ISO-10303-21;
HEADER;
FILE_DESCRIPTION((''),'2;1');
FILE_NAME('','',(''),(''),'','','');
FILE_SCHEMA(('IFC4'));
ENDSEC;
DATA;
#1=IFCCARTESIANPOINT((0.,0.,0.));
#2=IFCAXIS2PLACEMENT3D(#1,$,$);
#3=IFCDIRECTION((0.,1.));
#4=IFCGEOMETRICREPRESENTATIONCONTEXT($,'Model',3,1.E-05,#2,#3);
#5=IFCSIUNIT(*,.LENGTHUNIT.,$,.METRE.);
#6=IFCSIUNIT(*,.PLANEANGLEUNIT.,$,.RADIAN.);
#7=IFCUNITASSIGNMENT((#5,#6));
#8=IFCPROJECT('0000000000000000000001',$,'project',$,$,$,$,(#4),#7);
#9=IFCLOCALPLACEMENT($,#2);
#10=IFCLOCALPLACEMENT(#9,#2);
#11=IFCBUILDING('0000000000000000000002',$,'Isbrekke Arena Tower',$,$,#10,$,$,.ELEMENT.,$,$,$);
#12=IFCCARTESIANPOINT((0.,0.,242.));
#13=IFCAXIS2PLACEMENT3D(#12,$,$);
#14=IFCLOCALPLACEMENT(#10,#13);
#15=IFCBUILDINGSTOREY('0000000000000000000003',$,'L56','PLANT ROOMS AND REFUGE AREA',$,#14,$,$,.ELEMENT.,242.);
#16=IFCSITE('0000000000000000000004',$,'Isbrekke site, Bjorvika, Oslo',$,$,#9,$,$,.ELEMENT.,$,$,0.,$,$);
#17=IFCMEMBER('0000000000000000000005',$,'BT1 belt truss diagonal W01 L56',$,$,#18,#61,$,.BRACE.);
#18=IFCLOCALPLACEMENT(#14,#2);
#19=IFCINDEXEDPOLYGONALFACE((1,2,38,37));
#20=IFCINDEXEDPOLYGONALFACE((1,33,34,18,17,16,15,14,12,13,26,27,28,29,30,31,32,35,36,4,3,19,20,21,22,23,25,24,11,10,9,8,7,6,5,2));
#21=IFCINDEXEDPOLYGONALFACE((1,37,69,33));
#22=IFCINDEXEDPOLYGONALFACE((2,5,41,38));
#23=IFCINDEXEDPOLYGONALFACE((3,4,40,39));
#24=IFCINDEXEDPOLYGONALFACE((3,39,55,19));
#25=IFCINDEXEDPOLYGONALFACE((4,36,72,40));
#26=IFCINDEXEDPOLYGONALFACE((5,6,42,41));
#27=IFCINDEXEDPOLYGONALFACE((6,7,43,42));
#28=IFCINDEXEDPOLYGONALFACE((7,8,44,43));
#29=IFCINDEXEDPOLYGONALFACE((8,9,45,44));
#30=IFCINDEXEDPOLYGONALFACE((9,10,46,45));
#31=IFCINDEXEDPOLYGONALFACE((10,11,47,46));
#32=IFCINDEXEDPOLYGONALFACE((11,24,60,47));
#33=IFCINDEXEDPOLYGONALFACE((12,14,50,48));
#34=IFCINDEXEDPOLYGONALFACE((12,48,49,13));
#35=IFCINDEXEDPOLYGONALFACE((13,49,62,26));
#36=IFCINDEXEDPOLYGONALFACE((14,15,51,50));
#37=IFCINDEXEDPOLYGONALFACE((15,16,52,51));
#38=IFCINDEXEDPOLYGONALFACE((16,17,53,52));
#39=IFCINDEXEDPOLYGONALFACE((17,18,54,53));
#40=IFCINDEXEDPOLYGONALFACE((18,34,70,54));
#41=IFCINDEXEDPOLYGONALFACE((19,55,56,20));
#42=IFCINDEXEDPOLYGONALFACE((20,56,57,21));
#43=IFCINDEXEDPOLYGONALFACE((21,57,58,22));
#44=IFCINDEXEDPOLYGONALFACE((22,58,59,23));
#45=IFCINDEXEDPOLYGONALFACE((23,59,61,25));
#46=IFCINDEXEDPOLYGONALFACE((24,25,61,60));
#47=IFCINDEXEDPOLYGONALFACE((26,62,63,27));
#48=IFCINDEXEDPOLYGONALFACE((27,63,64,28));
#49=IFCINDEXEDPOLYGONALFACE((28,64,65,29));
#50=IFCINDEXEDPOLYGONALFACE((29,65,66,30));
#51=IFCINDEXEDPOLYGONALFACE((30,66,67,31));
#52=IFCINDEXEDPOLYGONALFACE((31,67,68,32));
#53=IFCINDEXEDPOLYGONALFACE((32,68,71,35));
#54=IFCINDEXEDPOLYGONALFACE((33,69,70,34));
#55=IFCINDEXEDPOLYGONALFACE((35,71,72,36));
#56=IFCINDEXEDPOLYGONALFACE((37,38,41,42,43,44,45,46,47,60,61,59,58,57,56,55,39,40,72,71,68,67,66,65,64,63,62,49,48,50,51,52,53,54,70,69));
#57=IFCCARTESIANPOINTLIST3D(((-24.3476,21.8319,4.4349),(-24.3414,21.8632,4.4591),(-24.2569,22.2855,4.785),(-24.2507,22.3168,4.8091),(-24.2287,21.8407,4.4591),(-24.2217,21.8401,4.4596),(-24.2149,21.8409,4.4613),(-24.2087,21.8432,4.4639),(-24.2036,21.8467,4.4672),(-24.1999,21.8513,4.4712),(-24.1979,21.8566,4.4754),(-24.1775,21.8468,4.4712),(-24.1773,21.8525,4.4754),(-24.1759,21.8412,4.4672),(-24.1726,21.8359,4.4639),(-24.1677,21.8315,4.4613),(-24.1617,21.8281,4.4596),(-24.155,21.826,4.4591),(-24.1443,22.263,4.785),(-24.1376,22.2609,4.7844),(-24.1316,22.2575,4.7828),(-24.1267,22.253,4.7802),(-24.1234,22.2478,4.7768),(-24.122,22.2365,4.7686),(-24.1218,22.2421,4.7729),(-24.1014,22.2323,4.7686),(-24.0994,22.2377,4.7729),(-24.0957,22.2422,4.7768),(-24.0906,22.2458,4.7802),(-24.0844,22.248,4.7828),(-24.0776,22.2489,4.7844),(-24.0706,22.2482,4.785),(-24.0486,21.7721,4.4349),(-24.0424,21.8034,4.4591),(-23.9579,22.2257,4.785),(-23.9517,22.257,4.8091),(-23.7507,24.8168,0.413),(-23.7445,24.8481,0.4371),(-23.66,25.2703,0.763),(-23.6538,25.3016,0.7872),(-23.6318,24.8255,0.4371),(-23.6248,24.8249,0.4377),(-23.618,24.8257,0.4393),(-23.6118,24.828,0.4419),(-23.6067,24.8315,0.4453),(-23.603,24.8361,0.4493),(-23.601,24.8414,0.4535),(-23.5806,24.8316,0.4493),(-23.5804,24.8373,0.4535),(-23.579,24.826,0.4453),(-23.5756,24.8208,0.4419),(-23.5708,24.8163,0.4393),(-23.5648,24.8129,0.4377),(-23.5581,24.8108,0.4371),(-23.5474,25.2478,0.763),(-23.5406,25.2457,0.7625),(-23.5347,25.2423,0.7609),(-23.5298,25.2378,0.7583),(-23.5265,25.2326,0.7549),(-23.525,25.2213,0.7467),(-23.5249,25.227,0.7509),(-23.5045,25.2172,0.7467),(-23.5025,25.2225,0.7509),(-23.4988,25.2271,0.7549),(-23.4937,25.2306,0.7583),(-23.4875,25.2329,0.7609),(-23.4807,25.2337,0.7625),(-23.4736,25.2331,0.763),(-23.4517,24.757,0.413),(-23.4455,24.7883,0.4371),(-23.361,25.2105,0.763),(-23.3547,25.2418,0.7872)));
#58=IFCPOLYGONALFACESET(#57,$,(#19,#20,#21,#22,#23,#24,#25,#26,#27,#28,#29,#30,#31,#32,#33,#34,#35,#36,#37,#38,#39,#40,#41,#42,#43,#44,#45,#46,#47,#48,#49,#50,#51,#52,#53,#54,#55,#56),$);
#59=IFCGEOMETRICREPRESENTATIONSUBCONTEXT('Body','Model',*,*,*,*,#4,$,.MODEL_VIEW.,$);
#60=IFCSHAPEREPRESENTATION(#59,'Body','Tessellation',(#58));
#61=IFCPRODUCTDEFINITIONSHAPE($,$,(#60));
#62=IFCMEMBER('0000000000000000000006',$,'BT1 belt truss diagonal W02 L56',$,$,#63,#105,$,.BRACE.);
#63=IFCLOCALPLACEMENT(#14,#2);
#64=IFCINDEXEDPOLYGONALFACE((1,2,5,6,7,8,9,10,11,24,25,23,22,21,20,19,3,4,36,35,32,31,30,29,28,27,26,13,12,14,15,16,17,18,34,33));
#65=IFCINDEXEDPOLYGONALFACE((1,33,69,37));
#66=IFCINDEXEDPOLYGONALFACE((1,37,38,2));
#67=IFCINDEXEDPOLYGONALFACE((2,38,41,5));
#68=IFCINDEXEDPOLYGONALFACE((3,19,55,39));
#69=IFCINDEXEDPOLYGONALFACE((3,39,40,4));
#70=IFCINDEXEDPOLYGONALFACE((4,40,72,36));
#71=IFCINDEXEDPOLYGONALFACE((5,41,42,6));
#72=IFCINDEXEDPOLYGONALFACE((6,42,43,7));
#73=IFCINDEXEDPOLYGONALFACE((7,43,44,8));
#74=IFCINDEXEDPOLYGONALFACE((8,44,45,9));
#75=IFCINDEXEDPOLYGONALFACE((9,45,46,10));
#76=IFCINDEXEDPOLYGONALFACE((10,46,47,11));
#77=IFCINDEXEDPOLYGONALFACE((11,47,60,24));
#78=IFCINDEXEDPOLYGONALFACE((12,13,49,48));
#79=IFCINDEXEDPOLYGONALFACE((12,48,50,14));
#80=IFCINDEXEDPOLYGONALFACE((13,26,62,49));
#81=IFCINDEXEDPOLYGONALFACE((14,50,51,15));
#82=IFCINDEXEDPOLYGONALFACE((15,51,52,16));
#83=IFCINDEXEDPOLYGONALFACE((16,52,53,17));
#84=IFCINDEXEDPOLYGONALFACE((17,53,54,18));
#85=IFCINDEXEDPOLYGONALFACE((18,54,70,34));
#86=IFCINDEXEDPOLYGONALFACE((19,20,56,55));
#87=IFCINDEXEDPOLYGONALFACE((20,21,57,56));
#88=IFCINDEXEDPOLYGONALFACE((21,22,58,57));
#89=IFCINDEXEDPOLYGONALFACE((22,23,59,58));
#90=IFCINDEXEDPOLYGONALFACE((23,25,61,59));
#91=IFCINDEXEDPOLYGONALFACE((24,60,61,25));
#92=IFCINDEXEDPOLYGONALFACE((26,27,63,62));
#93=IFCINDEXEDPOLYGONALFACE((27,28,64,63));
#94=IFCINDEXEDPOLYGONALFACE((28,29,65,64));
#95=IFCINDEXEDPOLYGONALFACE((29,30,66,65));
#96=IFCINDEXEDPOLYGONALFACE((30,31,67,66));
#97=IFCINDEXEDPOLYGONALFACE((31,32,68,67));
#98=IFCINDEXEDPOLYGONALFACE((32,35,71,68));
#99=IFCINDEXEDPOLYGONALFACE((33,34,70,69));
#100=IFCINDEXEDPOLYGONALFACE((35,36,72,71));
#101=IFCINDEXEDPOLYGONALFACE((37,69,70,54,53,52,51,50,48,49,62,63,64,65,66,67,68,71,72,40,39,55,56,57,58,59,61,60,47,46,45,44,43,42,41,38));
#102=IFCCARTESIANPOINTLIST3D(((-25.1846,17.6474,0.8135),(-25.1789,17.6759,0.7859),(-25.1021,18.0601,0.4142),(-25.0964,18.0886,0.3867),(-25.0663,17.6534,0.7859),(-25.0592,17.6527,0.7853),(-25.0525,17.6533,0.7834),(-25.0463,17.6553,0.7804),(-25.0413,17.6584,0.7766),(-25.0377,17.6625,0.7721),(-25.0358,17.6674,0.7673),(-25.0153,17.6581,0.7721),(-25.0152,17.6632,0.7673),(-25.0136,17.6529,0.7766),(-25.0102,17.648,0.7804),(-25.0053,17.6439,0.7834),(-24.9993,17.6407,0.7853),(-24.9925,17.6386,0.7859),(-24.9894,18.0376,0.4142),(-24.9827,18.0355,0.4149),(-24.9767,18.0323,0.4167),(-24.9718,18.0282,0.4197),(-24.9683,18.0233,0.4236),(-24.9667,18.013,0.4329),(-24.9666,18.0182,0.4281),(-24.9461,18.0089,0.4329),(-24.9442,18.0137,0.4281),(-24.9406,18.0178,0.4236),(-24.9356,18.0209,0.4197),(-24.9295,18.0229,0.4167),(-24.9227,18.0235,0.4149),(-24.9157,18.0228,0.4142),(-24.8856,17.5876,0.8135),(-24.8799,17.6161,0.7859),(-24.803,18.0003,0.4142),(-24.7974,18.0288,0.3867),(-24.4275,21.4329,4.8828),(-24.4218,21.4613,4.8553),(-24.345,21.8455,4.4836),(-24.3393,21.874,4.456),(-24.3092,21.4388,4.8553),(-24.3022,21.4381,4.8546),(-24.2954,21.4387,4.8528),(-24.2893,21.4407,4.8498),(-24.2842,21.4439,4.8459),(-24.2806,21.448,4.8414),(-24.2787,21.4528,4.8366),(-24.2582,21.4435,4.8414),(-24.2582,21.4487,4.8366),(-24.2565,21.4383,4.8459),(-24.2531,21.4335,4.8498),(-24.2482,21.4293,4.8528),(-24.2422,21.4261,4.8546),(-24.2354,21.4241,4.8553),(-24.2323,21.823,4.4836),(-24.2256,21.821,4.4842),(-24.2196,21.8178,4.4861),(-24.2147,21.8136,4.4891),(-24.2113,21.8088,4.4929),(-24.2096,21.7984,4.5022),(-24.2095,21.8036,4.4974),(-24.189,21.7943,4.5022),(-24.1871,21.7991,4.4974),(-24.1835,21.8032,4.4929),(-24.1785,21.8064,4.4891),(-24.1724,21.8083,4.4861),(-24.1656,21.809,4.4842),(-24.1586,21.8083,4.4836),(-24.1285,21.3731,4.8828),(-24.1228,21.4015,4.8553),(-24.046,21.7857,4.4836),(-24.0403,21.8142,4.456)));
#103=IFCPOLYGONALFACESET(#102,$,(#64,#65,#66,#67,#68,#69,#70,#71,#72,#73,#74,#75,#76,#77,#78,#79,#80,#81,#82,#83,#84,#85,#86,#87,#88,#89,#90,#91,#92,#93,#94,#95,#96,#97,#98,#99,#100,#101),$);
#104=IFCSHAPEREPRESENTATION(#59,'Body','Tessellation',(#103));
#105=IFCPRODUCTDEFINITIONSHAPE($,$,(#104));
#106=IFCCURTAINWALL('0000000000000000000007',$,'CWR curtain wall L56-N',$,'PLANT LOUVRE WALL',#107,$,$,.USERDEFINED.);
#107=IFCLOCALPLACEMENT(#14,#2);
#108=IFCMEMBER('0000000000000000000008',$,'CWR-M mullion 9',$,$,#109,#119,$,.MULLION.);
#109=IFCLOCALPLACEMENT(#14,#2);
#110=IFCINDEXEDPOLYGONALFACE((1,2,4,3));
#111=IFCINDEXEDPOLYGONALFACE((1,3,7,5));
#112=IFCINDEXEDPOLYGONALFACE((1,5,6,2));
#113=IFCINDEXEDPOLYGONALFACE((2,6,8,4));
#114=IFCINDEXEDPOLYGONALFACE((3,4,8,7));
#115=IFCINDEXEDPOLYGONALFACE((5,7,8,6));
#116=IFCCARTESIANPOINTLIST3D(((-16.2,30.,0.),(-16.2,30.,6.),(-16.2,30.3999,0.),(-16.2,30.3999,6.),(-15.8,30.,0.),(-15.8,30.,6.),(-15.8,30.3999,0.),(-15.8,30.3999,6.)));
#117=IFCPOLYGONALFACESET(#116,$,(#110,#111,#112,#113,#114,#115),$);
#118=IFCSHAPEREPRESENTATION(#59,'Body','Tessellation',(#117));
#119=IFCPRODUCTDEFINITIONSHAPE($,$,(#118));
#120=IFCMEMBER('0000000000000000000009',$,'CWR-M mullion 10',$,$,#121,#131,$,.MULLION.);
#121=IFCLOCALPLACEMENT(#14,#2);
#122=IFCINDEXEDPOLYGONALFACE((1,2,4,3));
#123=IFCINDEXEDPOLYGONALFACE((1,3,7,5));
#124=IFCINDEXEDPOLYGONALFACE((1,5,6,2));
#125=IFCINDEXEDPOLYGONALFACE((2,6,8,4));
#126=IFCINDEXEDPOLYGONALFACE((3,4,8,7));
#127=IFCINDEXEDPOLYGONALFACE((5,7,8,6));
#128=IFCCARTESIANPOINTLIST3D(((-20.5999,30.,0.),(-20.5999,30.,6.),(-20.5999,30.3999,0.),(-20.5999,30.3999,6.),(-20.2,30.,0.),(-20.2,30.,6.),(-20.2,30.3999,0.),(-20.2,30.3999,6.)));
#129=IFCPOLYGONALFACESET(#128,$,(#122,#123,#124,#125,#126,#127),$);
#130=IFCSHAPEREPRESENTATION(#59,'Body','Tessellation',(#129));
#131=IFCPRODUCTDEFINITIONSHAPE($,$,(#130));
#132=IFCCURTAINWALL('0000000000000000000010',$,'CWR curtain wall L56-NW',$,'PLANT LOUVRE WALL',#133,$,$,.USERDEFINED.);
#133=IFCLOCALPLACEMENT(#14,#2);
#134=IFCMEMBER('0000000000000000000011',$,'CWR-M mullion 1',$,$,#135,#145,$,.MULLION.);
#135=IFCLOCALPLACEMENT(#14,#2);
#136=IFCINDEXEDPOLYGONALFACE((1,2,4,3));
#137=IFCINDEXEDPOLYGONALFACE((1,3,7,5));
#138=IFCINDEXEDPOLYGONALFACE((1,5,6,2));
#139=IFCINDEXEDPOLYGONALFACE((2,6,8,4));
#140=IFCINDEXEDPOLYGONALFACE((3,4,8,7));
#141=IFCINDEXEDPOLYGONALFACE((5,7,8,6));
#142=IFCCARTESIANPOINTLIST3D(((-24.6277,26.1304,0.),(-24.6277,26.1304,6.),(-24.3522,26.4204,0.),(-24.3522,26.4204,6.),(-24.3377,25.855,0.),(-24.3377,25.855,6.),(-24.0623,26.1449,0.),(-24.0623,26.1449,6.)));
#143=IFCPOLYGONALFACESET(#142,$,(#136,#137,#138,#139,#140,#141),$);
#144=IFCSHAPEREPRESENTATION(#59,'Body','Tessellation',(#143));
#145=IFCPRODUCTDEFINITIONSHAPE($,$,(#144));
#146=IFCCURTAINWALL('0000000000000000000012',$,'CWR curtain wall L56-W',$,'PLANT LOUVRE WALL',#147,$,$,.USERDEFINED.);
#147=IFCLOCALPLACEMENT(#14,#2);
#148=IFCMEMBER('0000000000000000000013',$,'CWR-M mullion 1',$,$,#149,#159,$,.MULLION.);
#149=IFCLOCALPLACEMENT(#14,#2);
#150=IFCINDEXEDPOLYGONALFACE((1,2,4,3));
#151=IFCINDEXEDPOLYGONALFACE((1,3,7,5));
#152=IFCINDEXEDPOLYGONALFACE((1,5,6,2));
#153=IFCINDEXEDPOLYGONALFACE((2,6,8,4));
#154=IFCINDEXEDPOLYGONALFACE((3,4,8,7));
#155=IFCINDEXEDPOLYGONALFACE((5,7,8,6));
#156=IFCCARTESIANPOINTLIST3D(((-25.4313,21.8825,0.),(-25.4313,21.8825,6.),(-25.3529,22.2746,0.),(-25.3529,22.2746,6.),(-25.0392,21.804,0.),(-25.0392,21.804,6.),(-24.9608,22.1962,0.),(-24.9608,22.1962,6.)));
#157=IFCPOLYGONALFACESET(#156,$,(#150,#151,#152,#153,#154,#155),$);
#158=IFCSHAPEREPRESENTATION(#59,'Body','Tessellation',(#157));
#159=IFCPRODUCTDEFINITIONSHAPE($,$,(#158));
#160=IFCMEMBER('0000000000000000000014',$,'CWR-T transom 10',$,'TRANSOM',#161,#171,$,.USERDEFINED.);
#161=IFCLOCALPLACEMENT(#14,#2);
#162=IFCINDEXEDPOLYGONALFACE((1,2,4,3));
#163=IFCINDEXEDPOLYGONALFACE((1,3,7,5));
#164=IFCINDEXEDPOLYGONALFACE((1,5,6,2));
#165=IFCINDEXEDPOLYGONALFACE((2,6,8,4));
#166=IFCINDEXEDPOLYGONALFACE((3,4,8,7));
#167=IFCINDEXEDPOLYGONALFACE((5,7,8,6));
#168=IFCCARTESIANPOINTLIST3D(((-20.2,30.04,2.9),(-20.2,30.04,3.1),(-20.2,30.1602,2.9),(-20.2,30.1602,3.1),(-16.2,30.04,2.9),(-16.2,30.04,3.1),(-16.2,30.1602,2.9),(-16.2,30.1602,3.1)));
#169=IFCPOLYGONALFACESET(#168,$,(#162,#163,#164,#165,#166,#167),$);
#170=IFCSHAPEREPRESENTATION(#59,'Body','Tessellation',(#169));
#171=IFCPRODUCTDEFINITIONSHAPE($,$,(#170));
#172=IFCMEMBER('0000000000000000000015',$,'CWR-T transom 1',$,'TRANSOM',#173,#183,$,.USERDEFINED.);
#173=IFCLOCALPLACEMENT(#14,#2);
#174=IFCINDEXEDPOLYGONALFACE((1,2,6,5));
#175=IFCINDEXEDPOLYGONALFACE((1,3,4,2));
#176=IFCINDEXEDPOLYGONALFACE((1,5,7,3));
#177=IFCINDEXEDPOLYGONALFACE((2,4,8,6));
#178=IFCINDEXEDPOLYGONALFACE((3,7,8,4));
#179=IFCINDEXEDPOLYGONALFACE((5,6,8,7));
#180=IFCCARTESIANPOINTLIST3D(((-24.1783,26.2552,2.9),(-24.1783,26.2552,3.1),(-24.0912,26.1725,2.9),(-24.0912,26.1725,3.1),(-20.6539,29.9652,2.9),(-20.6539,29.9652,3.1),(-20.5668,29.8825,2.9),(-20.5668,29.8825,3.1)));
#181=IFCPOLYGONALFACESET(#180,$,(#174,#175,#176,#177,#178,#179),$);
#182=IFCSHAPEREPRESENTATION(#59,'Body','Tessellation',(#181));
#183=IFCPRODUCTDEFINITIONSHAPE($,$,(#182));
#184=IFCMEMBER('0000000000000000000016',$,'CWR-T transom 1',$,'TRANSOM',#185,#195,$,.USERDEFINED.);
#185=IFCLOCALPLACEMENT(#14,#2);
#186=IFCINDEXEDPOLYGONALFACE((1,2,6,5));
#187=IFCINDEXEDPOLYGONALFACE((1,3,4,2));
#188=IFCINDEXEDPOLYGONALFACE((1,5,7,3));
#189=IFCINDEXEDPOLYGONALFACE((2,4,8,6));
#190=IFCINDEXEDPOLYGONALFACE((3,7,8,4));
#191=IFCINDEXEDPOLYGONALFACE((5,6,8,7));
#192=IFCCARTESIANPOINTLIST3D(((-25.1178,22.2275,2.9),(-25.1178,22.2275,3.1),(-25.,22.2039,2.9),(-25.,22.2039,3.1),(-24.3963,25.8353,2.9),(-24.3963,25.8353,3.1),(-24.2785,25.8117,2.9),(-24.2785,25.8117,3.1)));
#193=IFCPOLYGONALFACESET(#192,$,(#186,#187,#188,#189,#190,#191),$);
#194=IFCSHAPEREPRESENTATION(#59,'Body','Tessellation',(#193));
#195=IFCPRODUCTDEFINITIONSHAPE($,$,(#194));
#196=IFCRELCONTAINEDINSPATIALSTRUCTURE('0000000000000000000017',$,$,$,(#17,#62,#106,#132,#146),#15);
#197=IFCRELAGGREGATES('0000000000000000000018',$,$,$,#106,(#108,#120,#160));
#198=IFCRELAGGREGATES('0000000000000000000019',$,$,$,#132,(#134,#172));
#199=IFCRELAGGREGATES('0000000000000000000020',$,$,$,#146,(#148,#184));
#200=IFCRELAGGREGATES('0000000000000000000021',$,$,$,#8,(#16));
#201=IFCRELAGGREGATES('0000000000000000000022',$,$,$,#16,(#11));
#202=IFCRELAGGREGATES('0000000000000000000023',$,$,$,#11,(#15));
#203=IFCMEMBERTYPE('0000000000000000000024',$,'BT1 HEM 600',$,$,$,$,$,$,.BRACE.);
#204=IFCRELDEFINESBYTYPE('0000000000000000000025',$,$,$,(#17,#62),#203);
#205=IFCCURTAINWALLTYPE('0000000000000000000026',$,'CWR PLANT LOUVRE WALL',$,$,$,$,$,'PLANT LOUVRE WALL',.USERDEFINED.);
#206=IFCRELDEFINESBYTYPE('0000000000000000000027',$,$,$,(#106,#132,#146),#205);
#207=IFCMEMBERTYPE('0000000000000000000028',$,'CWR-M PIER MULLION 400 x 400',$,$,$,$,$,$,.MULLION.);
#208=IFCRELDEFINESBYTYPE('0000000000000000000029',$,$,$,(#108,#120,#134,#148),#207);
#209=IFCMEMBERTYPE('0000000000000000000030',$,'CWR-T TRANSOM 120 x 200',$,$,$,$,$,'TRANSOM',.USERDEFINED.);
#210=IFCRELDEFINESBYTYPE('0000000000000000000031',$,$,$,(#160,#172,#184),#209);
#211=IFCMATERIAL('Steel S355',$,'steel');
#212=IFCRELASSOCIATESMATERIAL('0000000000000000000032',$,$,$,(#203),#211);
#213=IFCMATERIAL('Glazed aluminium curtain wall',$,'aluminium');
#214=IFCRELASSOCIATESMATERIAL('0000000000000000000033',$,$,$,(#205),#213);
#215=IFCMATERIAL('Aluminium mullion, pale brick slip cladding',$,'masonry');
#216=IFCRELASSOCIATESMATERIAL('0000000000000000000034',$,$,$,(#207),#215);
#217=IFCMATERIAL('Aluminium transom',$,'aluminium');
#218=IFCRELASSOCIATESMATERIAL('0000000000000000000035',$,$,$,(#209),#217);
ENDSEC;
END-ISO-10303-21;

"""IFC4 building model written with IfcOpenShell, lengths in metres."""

from ifc_helpers import new_model, si_unit, direction, frame, origin, origin_2d, place, context, subcontext, project, spatial, rectangle, i_section, extrude, material, material_profile, profile_set, type_object, element, aggregate, save


model = new_model("IFC4")

# Units and contexts
model_context = context("Model", 3, precision=1e-05, world=origin(), true_north=direction((0.0, 1.0)))
body_context = subcontext(model_context, "Body", "Model", "MODEL_VIEW")
ifc_project = project(units=[si_unit("LENGTHUNIT", "METRE"), si_unit("PLANEANGLEUNIT", "RADIAN")], contexts=[model_context])

# Site, building, storey
site_placement = place(None, origin())
site = spatial("IfcSite", under=ifc_project, at=site_placement, Name="Isbrekke site, Bjorvika, Oslo", CompositionType="ELEMENT", RefElevation=0.0)
building_placement = place(site_placement, origin())
building = spatial("IfcBuilding", under=site, at=building_placement, Name="Isbrekke Arena Tower", CompositionType="ELEMENT")
storey_placement = place(building_placement, frame((0.0, 0.0, 242.0)))
storey = spatial("IfcBuildingStorey", under=building, at=storey_placement, Name="L56", Description="PLANT ROOMS AND REFUGE AREA", CompositionType="ELEMENT", Elevation=242.0)

# Members
ifc_material_1 = material(Name="Steel S355", Category="steel")
ifc_material_profile_1 = material_profile(ifc_material_1, i_section(OverallWidth=0.3049, OverallDepth=0.6201, WebThickness=0.021, FlangeThickness=0.04, FilletRadius=0.0271, at=origin_2d()), Name="HEM 600")
ifc_profile_set_1 = profile_set([ifc_material_profile_1], Name="Steel S355")
member_type_1 = type_object("IfcMemberType", Name="BT1 HEM 600", PredefinedType="BRACE", material=ifc_profile_set_1)
member_1_placement = place(storey_placement, frame((-23.5527, 25.0293, 0.6001), z_axis=(-0.118343, -0.591764, 0.797377), x_axis=(0.980584, -0.196101, 0.0)))
element("IfcMember", 1, at=member_1_placement, inside=storey, type_object=member_type_1, Name="BT1 belt truss diagonal W01 L56", PredefinedType="BRACE", context=body_context, shape_type="SweptSolid", body=[
    extrude(i_section(OverallWidth=0.3049, OverallDepth=0.6201, WebThickness=0.021, FlangeThickness=0.04, FilletRadius=0.0271, at=origin_2d()), origin(), (0.0, 0.0, 1.0), 5.0439),
])
member_2_placement = place(storey_placement, frame((-24.2339, 21.6235, 4.6694), z_axis=(-0.134974, -0.674869, -0.725489), x_axis=(0.980581, -0.196116, 0.0)))
element("IfcMember", 2, at=member_2_placement, inside=storey, type_object=member_type_1, Name="BT1 belt truss diagonal W02 L56", PredefinedType="BRACE", context=body_context, shape_type="SweptSolid", body=[
    extrude(i_section(OverallWidth=0.3049, OverallDepth=0.6201, WebThickness=0.021, FlangeThickness=0.04, FilletRadius=0.0271, at=origin_2d()), origin(), (0.0, 0.0, 1.0), 5.6091),
])

# Curtain wall, members
ifc_material_2 = material(Name="Glazed aluminium curtain wall", Category="aluminium")
curtain_wall_type = type_object("IfcCurtainWallType", Name="CWR PLANT LOUVRE WALL", ElementType="PLANT LOUVRE WALL", PredefinedType="USERDEFINED", material=ifc_material_2)
curtain_wall_1_placement = place(storey_placement, origin())
curtain_wall_1 = element("IfcCurtainWall", 3, at=curtain_wall_1_placement, inside=storey, type_object=curtain_wall_type, Name="CWR curtain wall L56-N", ObjectType="PLANT LOUVRE WALL", PredefinedType="USERDEFINED")
ifc_material_3 = material(Name="Aluminium mullion, pale brick slip cladding", Category="masonry")
ifc_material_profile_2 = material_profile(ifc_material_3, rectangle(XDim=0.3999, YDim=0.3999, at=origin_2d()), Name="PIER 400X400")
ifc_profile_set_2 = profile_set([ifc_material_profile_2], Name="Aluminium mullion, pale brick slip cladding")
member_type_2 = type_object("IfcMemberType", Name="CWR-M PIER MULLION 400 x 400", PredefinedType="MULLION", material=ifc_profile_set_2)
member_3_placement = place(storey_placement, frame((-16.0, 30.2, 0.0), z_axis=(0.0, 0.0, 1.0), x_axis=(-1.0, 0.0, 0.0)))
member_3 = element("IfcMember", 4, at=member_3_placement, type_object=member_type_2, Name="CWR-M mullion 9", PredefinedType="MULLION", context=body_context, shape_type="SweptSolid", body=[
    extrude(rectangle(XDim=0.3999, YDim=0.3999, at=origin_2d()), origin(), (0.0, 0.0, 1.0), 6.0),
])
member_4_placement = place(storey_placement, frame((-20.3999, 30.2, 0.0), z_axis=(0.0, 0.0, 1.0), x_axis=(-1.0, 0.0, 0.0)))
member_4 = element("IfcMember", 5, at=member_4_placement, type_object=member_type_2, Name="CWR-M mullion 10", PredefinedType="MULLION", context=body_context, shape_type="SweptSolid", body=[
    extrude(rectangle(XDim=0.3999, YDim=0.3999, at=origin_2d()), origin(), (0.0, 0.0, 1.0), 6.0),
])

# Curtain walls, members
curtain_wall_2_placement = place(storey_placement, origin())
curtain_wall_2 = element("IfcCurtainWall", 6, at=curtain_wall_2_placement, inside=storey, type_object=curtain_wall_type, Name="CWR curtain wall L56-NW", ObjectType="PLANT LOUVRE WALL", PredefinedType="USERDEFINED")
member_5_placement = place(storey_placement, frame((-24.345, 26.1377, 0.0), z_axis=(0.0, 0.0, 1.0), x_axis=(-0.688749, -0.724999, 0.0)))
member_5 = element("IfcMember", 7, at=member_5_placement, type_object=member_type_2, Name="CWR-M mullion 1", PredefinedType="MULLION", context=body_context, shape_type="SweptSolid", body=[
    extrude(rectangle(XDim=0.3999, YDim=0.3999, at=origin_2d()), origin(), (0.0, 0.0, 1.0), 6.0),
])
curtain_wall_3_placement = place(storey_placement, origin())
curtain_wall_3 = element("IfcCurtainWall", 8, at=curtain_wall_3_placement, inside=storey, type_object=curtain_wall_type, Name="CWR curtain wall L56-W", ObjectType="PLANT LOUVRE WALL", PredefinedType="USERDEFINED")
member_6_placement = place(storey_placement, frame((-25.196, 22.0393, 0.0), z_axis=(0.0, 0.0, 1.0), x_axis=(-0.196116, -0.980581, 0.0)))
member_6 = element("IfcMember", 9, at=member_6_placement, type_object=member_type_2, Name="CWR-M mullion 1", PredefinedType="MULLION", context=body_context, shape_type="SweptSolid", body=[
    extrude(rectangle(XDim=0.3999, YDim=0.3999, at=origin_2d()), origin(), (0.0, 0.0, 1.0), 6.0),
])

# Members
ifc_material_4 = material(Name="Aluminium transom", Category="aluminium")
ifc_material_profile_3 = material_profile(ifc_material_4, rectangle(XDim=0.1201, YDim=0.2, at=origin_2d()), Name="TRANSOM 120X200")
ifc_profile_set_3 = profile_set([ifc_material_profile_3], Name="Aluminium transom")
member_type_3 = type_object("IfcMemberType", Name="CWR-T TRANSOM 120 x 200", ElementType="TRANSOM", PredefinedType="USERDEFINED", material=ifc_profile_set_3)
member_7_placement = place(storey_placement, frame((-16.2, 30.1001, 3.0), z_axis=(-1.0, 0.0, 0.0), x_axis=(0.0, -1.0, 0.0)))
member_7 = element("IfcMember", 10, at=member_7_placement, type_object=member_type_3, Name="CWR-T transom 10", ObjectType="TRANSOM", PredefinedType="USERDEFINED", context=body_context, shape_type="SweptSolid", body=[
    extrude(rectangle(XDim=0.1201, YDim=0.2, at=origin_2d()), origin(), (0.0, 0.0, 1.0), 4.0),
])
member_8_placement = place(storey_placement, frame((-20.6104, 29.9238, 3.0), z_axis=(-0.688744, -0.725004, 0.0), x_axis=(0.725004, -0.688744, 0.0)))
member_8 = element("IfcMember", 11, at=member_8_placement, type_object=member_type_3, Name="CWR-T transom 1", ObjectType="TRANSOM", PredefinedType="USERDEFINED", context=body_context, shape_type="SweptSolid", body=[
    extrude(rectangle(XDim=0.1201, YDim=0.2, at=origin_2d()), origin(), (0.0, 0.0, 1.0), 5.1172),
])
member_9_placement = place(storey_placement, frame((-24.3374, 25.8235, 3.0), z_axis=(-0.196091, -0.980586, 0.0), x_axis=(0.980586, -0.196091, 0.0)))
member_9 = element("IfcMember", 12, at=member_9_placement, type_object=member_type_3, Name="CWR-T transom 1", ObjectType="TRANSOM", PredefinedType="USERDEFINED", context=body_context, shape_type="SweptSolid", body=[
    extrude(rectangle(XDim=0.1201, YDim=0.2, at=origin_2d()), origin(), (0.0, 0.0, 1.0), 3.6792),
])

aggregate(curtain_wall_1, [member_3, member_4, member_7])
aggregate(curtain_wall_2, [member_5, member_8])
aggregate(curtain_wall_3, [member_6, member_9])

save(model, "model.ifc")
